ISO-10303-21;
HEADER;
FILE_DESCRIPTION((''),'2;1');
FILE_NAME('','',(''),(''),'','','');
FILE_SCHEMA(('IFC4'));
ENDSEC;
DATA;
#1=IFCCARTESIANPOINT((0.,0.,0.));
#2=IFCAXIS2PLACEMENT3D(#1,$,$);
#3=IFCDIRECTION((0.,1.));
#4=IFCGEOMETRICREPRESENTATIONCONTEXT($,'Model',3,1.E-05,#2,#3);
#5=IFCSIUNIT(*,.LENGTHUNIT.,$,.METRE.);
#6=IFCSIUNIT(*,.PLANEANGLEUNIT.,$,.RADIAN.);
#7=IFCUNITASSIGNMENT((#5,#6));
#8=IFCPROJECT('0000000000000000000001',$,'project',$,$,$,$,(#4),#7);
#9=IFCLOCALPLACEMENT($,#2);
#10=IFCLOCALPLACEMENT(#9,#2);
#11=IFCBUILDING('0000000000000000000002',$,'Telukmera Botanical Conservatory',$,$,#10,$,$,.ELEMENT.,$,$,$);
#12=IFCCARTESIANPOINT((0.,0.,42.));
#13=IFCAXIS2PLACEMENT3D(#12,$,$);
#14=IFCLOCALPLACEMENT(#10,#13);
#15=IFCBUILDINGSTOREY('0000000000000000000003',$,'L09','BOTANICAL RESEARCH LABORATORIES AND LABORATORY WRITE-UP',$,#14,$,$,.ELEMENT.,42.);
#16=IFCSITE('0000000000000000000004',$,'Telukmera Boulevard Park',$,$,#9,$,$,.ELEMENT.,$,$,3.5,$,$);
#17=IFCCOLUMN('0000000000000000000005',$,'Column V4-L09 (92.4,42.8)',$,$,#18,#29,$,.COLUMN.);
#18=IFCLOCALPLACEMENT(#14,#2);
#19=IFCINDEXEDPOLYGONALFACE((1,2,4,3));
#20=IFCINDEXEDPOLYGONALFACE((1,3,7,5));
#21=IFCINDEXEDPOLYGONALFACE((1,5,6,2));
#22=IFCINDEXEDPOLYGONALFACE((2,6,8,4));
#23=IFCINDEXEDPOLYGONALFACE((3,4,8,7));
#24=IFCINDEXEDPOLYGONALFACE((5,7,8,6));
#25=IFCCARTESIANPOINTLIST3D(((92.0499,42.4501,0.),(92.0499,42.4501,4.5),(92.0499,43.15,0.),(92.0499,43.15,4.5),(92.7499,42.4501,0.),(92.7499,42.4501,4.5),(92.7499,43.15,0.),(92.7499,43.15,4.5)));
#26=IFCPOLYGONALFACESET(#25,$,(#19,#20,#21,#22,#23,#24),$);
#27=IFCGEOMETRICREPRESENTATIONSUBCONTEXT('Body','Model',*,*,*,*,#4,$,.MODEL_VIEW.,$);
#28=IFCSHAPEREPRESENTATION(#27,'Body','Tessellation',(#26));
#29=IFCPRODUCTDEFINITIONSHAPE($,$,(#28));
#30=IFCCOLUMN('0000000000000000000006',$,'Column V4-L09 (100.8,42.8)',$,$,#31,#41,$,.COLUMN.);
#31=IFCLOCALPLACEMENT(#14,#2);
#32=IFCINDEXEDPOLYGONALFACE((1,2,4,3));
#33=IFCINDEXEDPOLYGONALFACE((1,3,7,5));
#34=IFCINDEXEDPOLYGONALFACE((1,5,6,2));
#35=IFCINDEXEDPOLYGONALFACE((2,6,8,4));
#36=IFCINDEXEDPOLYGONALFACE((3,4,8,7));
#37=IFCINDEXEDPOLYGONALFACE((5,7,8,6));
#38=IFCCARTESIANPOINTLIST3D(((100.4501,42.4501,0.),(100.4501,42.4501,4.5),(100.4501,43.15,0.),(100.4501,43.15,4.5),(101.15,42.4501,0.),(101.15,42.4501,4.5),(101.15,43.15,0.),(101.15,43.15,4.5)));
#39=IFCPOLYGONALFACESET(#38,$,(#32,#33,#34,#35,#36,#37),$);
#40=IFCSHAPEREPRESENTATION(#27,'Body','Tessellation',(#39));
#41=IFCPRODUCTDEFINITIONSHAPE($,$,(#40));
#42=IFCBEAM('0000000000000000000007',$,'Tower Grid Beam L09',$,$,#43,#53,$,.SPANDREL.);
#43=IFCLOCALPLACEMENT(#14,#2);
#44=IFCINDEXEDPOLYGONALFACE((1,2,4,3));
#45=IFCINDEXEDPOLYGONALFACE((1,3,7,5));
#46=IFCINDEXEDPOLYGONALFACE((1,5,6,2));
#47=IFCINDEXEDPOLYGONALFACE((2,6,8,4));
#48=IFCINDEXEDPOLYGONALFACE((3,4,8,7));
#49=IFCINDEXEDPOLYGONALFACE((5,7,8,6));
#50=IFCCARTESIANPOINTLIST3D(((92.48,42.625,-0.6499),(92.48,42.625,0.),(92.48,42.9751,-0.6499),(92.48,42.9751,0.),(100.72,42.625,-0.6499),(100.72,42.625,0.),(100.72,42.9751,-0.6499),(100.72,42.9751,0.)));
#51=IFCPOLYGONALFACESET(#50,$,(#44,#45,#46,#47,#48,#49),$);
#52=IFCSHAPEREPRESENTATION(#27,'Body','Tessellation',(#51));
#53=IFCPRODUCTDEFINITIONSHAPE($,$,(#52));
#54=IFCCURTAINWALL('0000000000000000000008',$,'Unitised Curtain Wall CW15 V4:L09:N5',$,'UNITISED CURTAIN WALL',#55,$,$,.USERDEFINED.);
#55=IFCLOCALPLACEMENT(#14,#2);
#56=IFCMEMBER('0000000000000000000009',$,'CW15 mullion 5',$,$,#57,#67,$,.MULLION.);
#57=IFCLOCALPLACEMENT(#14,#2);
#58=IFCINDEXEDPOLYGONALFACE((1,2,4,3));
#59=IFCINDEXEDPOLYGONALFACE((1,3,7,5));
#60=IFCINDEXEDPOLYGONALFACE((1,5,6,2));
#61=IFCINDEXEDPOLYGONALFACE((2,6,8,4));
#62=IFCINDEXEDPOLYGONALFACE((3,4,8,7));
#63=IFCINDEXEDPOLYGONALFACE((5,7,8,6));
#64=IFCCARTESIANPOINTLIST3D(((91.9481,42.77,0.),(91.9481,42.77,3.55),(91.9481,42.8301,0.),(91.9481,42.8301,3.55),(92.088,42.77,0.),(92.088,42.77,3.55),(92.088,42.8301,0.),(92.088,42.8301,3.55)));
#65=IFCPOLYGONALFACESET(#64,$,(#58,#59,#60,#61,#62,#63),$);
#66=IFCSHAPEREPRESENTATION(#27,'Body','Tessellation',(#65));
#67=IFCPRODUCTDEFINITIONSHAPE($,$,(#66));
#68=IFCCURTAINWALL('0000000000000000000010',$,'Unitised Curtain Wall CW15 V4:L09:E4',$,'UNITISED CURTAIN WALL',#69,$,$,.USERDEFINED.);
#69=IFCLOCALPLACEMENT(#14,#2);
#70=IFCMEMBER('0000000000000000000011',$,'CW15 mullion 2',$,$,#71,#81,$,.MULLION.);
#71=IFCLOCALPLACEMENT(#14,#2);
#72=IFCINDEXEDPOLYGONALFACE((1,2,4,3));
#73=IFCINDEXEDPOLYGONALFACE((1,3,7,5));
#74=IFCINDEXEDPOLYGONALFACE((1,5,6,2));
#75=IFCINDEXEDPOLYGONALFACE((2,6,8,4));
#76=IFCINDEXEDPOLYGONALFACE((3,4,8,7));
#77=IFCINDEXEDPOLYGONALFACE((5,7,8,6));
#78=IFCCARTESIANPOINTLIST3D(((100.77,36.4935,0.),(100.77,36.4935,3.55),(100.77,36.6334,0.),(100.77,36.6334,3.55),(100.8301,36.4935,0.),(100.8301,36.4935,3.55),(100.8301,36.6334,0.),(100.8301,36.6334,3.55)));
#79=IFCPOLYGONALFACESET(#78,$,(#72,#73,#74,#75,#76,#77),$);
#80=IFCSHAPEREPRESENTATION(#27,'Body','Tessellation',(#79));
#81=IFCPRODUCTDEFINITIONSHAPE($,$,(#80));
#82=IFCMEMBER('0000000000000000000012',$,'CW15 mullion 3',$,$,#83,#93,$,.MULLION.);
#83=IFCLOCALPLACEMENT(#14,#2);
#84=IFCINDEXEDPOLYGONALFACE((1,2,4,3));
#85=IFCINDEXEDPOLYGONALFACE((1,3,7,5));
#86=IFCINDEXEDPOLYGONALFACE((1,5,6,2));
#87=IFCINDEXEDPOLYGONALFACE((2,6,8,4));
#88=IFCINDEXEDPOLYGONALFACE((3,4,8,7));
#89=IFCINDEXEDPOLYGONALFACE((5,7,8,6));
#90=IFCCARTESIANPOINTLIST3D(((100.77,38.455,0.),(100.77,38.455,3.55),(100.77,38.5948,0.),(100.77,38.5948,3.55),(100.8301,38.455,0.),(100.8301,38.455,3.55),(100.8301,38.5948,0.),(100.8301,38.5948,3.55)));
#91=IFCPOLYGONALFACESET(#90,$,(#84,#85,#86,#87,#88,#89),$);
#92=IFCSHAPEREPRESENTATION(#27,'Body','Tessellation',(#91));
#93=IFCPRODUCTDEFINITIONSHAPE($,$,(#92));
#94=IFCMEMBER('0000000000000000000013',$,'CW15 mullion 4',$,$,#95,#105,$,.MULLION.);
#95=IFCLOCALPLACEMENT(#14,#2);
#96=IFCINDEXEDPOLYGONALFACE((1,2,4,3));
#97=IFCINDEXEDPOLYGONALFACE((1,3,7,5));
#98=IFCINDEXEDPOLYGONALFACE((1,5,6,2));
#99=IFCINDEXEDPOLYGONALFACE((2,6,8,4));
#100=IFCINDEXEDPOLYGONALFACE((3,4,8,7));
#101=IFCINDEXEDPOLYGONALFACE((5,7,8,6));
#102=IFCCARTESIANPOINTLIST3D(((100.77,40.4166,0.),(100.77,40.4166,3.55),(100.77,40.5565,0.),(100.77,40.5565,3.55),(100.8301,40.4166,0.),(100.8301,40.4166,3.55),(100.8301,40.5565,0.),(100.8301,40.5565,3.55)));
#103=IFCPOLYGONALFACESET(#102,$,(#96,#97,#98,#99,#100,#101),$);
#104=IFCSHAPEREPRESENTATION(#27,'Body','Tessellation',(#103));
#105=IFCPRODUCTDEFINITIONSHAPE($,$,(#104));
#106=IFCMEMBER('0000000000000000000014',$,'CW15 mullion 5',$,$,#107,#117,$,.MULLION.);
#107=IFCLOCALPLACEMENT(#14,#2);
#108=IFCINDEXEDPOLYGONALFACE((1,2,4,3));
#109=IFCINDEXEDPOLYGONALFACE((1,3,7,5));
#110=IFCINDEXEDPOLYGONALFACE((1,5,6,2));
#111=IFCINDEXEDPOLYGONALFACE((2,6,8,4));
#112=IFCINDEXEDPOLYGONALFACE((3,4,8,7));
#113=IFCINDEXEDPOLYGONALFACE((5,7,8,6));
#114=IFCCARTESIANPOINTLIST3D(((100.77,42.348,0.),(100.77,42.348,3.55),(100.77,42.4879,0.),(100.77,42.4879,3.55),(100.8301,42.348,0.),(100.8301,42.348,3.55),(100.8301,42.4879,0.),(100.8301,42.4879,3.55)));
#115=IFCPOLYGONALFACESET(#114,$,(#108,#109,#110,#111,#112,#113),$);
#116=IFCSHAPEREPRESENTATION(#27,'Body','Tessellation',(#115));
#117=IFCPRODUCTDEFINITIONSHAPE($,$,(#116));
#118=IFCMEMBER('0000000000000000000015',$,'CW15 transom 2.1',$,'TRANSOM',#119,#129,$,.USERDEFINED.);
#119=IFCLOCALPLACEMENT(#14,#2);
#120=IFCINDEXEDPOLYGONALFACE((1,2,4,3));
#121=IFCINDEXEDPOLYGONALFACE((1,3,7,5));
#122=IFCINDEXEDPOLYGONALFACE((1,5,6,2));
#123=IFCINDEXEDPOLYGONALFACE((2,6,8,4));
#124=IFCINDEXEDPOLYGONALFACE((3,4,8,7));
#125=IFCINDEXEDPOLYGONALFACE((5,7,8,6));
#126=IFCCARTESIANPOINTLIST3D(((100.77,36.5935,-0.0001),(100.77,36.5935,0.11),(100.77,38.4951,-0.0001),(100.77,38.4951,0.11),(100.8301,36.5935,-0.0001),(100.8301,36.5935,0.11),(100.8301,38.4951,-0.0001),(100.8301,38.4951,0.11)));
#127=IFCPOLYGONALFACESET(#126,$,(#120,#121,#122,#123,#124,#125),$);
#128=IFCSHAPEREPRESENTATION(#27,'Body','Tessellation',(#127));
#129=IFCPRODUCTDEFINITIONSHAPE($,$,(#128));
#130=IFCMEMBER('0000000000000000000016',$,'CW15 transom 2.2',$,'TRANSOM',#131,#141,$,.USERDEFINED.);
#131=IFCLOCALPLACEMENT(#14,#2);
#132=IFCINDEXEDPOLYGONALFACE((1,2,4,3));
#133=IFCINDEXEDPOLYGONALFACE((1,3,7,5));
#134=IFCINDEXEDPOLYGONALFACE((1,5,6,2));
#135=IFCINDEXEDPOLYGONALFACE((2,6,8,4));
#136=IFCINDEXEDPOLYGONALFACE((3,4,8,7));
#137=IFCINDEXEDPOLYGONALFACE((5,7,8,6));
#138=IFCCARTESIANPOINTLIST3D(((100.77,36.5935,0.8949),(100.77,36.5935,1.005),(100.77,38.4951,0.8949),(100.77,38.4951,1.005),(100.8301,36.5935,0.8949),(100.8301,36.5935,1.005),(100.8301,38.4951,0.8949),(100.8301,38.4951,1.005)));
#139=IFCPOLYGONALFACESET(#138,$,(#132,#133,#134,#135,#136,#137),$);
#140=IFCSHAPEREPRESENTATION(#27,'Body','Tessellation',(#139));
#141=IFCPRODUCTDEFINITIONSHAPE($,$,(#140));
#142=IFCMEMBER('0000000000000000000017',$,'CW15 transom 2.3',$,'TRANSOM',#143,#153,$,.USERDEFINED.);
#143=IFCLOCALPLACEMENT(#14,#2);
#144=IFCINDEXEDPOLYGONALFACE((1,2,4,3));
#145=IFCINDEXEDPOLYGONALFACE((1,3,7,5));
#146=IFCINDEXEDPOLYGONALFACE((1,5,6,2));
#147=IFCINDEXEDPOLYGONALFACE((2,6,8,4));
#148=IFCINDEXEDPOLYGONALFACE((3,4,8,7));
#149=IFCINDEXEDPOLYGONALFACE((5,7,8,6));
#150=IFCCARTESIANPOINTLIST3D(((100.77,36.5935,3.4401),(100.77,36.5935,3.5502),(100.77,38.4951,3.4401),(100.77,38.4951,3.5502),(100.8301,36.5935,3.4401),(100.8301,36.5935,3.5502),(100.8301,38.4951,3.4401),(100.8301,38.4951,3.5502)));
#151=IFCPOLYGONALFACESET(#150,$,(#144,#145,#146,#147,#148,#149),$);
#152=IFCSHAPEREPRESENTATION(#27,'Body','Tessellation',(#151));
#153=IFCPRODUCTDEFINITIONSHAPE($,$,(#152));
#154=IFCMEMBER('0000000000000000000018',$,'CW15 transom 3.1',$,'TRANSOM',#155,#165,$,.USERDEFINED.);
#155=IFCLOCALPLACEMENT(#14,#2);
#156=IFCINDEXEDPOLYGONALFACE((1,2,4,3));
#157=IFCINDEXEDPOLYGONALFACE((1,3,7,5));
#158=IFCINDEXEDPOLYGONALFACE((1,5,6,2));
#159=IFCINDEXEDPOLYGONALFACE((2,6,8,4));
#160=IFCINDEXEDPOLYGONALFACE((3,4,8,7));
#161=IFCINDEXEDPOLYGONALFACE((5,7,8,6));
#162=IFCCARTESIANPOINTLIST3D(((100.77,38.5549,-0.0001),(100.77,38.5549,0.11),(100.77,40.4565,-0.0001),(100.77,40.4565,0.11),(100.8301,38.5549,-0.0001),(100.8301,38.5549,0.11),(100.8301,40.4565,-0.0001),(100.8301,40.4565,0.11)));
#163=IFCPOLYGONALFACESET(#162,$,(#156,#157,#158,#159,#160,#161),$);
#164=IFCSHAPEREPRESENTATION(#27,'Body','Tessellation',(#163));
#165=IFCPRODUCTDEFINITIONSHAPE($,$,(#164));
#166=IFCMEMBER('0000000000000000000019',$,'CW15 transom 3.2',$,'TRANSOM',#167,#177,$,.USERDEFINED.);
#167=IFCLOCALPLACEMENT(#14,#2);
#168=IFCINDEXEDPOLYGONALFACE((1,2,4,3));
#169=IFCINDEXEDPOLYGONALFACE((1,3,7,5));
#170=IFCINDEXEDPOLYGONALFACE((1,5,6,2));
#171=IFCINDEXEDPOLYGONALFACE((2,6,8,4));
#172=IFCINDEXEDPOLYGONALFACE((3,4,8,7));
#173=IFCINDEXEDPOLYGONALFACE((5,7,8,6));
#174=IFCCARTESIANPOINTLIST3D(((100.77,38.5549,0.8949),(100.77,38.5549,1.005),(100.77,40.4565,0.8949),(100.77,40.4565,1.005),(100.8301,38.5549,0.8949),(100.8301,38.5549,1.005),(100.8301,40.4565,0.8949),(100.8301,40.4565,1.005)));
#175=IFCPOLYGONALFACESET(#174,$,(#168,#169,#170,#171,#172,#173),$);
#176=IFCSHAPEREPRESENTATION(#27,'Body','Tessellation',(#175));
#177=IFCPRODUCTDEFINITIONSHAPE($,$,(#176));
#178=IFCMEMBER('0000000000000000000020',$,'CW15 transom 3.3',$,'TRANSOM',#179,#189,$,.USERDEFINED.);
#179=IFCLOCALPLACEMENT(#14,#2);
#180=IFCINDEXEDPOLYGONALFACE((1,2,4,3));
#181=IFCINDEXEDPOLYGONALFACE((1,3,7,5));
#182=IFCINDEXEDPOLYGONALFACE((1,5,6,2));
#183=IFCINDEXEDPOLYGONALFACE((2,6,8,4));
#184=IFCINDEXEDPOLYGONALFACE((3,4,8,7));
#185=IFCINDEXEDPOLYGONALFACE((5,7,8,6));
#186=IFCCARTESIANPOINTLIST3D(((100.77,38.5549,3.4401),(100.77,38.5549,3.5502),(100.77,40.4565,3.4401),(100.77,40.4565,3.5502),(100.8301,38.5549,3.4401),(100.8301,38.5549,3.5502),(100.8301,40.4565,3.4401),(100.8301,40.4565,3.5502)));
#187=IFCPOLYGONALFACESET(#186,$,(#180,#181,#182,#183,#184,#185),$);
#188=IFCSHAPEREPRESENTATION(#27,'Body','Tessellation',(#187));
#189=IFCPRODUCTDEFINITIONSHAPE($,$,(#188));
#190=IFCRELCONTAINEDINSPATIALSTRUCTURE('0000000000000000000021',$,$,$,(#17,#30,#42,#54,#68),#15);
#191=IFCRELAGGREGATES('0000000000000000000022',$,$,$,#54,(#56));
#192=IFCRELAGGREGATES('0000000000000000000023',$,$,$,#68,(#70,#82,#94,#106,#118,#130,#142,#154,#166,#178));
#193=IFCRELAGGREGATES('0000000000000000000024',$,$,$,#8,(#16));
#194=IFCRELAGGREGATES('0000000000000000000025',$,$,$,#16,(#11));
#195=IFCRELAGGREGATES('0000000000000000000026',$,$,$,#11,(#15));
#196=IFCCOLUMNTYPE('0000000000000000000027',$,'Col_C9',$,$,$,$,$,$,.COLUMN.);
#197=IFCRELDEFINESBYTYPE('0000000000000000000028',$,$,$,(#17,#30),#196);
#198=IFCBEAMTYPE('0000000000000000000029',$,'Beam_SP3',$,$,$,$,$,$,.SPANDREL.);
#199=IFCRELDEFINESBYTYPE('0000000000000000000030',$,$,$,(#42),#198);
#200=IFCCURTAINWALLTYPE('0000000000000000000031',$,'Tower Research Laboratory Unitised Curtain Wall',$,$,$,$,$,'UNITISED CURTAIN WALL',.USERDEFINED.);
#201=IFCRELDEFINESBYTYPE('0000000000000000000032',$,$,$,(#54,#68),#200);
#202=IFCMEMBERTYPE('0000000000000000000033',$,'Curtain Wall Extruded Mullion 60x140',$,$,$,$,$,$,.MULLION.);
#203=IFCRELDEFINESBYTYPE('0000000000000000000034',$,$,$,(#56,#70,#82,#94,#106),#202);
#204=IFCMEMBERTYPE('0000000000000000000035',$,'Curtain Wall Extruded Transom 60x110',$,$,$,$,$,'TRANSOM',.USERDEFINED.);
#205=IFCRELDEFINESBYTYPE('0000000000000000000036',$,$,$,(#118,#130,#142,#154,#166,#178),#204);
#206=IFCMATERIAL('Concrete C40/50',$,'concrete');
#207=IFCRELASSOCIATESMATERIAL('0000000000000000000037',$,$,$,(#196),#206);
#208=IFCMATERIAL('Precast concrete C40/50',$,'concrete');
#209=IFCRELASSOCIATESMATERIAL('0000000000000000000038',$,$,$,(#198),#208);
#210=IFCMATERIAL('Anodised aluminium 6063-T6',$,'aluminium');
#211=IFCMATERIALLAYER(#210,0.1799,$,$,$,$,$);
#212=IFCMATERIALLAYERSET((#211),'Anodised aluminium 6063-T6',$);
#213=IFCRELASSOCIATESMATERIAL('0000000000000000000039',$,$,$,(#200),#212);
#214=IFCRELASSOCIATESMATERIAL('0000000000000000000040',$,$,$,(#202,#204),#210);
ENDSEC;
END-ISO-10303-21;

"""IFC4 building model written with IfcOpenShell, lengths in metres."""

from ifc_helpers import new_model, si_unit, direction, frame, origin, origin_2d, place, context, subcontext, project, spatial, rectangle, extrude, material, layer, layer_set, material_profile, profile_set, type_object, element, aggregate, save


model = new_model("IFC4")

# Units and contexts
model_context = context("Model", 3, precision=1e-05, world=origin(), true_north=direction((0.0, 1.0)))
body_context = subcontext(model_context, "Body", "Model", "MODEL_VIEW")
ifc_project = project(units=[si_unit("LENGTHUNIT", "METRE"), si_unit("PLANEANGLEUNIT", "RADIAN")], contexts=[model_context])

# Site, building, storey
site_placement = place(None, origin())
site = spatial("IfcSite", under=ifc_project, at=site_placement, Name="Telukmera Boulevard Park", CompositionType="ELEMENT", RefElevation=3.5)
building_placement = place(site_placement, origin())
building = spatial("IfcBuilding", under=site, at=building_placement, Name="Telukmera Botanical Conservatory", CompositionType="ELEMENT")
storey_placement = place(building_placement, frame((0.0, 0.0, 42.0)))
storey = spatial("IfcBuildingStorey", under=building, at=storey_placement, Name="L09", Description="BOTANICAL RESEARCH LABORATORIES AND LABORATORY WRITE-UP", CompositionType="ELEMENT", Elevation=42.0)

# Columns
ifc_material_1 = material(Name="Concrete C40/50", Category="concrete")
ifc_material_profile_1 = material_profile(ifc_material_1, rectangle(XDim=0.7, YDim=0.7, at=origin_2d()), Name="RC 700x700")
ifc_profile_set_1 = profile_set([ifc_material_profile_1], Name="Concrete C40/50")
column_type = type_object("IfcColumnType", Name="Col_C9", PredefinedType="COLUMN", material=ifc_profile_set_1)
for number, where, z_axis, x_axis, name in (
    (1, (92.3999, 42.8, 0.0), (0.0, 0.0, 1.0), (1.0, 0.0, 0.0), "Column V4-L09 (92.4,42.8)"),
    (2, (100.8, 42.8, 0.0), (0.0, 0.0, 1.0), (1.0, 0.0, 0.0), "Column V4-L09 (100.8,42.8)"),
):
    element("IfcColumn", number, at=place(storey_placement, frame(where, z_axis=z_axis, x_axis=x_axis)), inside=storey, type_object=column_type, Name=name, PredefinedType="COLUMN", context=body_context, shape_type="SweptSolid", body=[
        extrude(rectangle(XDim=0.7, YDim=0.7, at=origin_2d()), origin(), (0.0, 0.0, 1.0), 4.5),
    ])

# Beam
ifc_material_2 = material(Name="Precast concrete C40/50", Category="concrete")
ifc_material_profile_2 = material_profile(ifc_material_2, rectangle(XDim=0.3501, YDim=0.6499, at=origin_2d()), Name="PC 350x650")
ifc_profile_set_2 = profile_set([ifc_material_profile_2], Name="Precast concrete C40/50")
beam_type = type_object("IfcBeamType", Name="Beam_SP3", PredefinedType="SPANDREL", material=ifc_profile_set_2)
beam_placement = place(storey_placement, frame((92.48, 42.8, -0.325), z_axis=(1.0, 0.0, 0.0), x_axis=(0.0, 1.0, 0.0)))
element("IfcBeam", 3, at=beam_placement, inside=storey, type_object=beam_type, Name="Tower Grid Beam L09", PredefinedType="SPANDREL", context=body_context, shape_type="SweptSolid", body=[
    extrude(rectangle(XDim=0.3501, YDim=0.6499, at=origin_2d()), origin(), (0.0, 0.0, 1.0), 8.24),
])

# Curtain wall, member
ifc_material_3 = material(Name="Anodised aluminium 6063-T6", Category="aluminium")
ifc_layer_1 = layer(ifc_material_3, 0.1799)
ifc_layer_set_1 = layer_set([ifc_layer_1], Name="Anodised aluminium 6063-T6")
curtain_wall_type = type_object("IfcCurtainWallType", Name="Tower Research Laboratory Unitised Curtain Wall", ElementType="UNITISED CURTAIN WALL", PredefinedType="USERDEFINED", material=ifc_layer_set_1)
curtain_wall_1_placement = place(storey_placement, origin())
curtain_wall_1 = element("IfcCurtainWall", 4, at=curtain_wall_1_placement, inside=storey, type_object=curtain_wall_type, Name="Unitised Curtain Wall CW15 V4:L09:N5", ObjectType="UNITISED CURTAIN WALL", PredefinedType="USERDEFINED")
ifc_material_profile_3 = material_profile(ifc_material_3, rectangle(XDim=0.0601, YDim=0.1399, at=origin_2d()), Name="ALU MULL 60x140")
ifc_profile_set_3 = profile_set([ifc_material_profile_3], Name="Anodised aluminium 6063-T6")
member_type_1 = type_object("IfcMemberType", Name="Curtain Wall Extruded Mullion 60x140", PredefinedType="MULLION", material=ifc_profile_set_3)
member_1_placement = place(storey_placement, frame((92.0181, 42.8, 0.0), z_axis=(0.0, 0.0, 1.0), x_axis=(0.0, 1.0, 0.0)))
member_1 = element("IfcMember", 5, at=member_1_placement, type_object=member_type_1, Name="CW15 mullion 5", PredefinedType="MULLION", context=body_context, shape_type="SweptSolid", body=[
    extrude(rectangle(XDim=0.0601, YDim=0.1399, at=origin_2d()), origin(), (0.0, 0.0, 1.0), 3.55),
])
aggregate(curtain_wall_1, [member_1])

# Curtain wall, members
curtain_wall_2_placement = place(storey_placement, origin())
curtain_wall_2 = element("IfcCurtainWall", 6, at=curtain_wall_2_placement, inside=storey, type_object=curtain_wall_type, Name="Unitised Curtain Wall CW15 V4:L09:E4", ObjectType="UNITISED CURTAIN WALL", PredefinedType="USERDEFINED")
member_2_placement = place(storey_placement, frame((100.8, 36.5635, 0.0), z_axis=(0.0, 0.0, 1.0), x_axis=(-1.0, 0.0, 0.0)))
member_2 = element("IfcMember", 7, at=member_2_placement, type_object=member_type_1, Name="CW15 mullion 2", PredefinedType="MULLION", context=body_context, shape_type="SweptSolid", body=[
    extrude(rectangle(XDim=0.0601, YDim=0.1399, at=origin_2d()), origin(), (0.0, 0.0, 1.0), 3.55),
])
member_3_placement = place(storey_placement, frame((100.8, 38.5249, 0.0), z_axis=(0.0, 0.0, 1.0), x_axis=(-1.0, 0.0, 0.0)))
member_3 = element("IfcMember", 8, at=member_3_placement, type_object=member_type_1, Name="CW15 mullion 3", PredefinedType="MULLION", context=body_context, shape_type="SweptSolid", body=[
    extrude(rectangle(XDim=0.0601, YDim=0.1399, at=origin_2d()), origin(), (0.0, 0.0, 1.0), 3.55),
])
member_4_placement = place(storey_placement, frame((100.8, 40.4866, 0.0), z_axis=(0.0, 0.0, 1.0), x_axis=(-1.0, 0.0, 0.0)))
member_4 = element("IfcMember", 9, at=member_4_placement, type_object=member_type_1, Name="CW15 mullion 4", PredefinedType="MULLION", context=body_context, shape_type="SweptSolid", body=[
    extrude(rectangle(XDim=0.0601, YDim=0.1399, at=origin_2d()), origin(), (0.0, 0.0, 1.0), 3.55),
])
member_5_placement = place(storey_placement, frame((100.8, 42.418, 0.0), z_axis=(0.0, 0.0, 1.0), x_axis=(-1.0, 0.0, 0.0)))
member_5 = element("IfcMember", 10, at=member_5_placement, type_object=member_type_1, Name="CW15 mullion 5", PredefinedType="MULLION", context=body_context, shape_type="SweptSolid", body=[
    extrude(rectangle(XDim=0.0601, YDim=0.1399, at=origin_2d()), origin(), (0.0, 0.0, 1.0), 3.55),
])
ifc_material_profile_4 = material_profile(ifc_material_3, rectangle(XDim=0.0601, YDim=0.1101, at=origin_2d()), Name="ALU TRAN 60x110")
ifc_profile_set_4 = profile_set([ifc_material_profile_4], Name="Anodised aluminium 6063-T6")
member_type_2 = type_object("IfcMemberType", Name="Curtain Wall Extruded Transom 60x110", ElementType="TRANSOM", PredefinedType="USERDEFINED", material=ifc_profile_set_4)
member_6_placement = place(storey_placement, frame((100.8, 36.5935, 0.0549), z_axis=(0.0, 1.0, 0.0), x_axis=(-1.0, 0.0, 0.0)))
member_6 = element("IfcMember", 11, at=member_6_placement, type_object=member_type_2, Name="CW15 transom 2.1", ObjectType="TRANSOM", PredefinedType="USERDEFINED", context=body_context, shape_type="SweptSolid", body=[
    extrude(rectangle(XDim=0.0601, YDim=0.1101, at=origin_2d()), origin(), (0.0, 0.0, 1.0), 1.9016),
])
member_7_placement = place(storey_placement, frame((100.8, 36.5935, 0.95), z_axis=(0.0, 1.0, 0.0), x_axis=(-1.0, 0.0, 0.0)))
member_7 = element("IfcMember", 12, at=member_7_placement, type_object=member_type_2, Name="CW15 transom 2.2", ObjectType="TRANSOM", PredefinedType="USERDEFINED", context=body_context, shape_type="SweptSolid", body=[
    extrude(rectangle(XDim=0.0601, YDim=0.1101, at=origin_2d()), origin(), (0.0, 0.0, 1.0), 1.9016),
])
member_8_placement = place(storey_placement, frame((100.8, 36.5935, 3.4951), z_axis=(0.0, 1.0, 0.0), x_axis=(-1.0, 0.0, 0.0)))
member_8 = element("IfcMember", 13, at=member_8_placement, type_object=member_type_2, Name="CW15 transom 2.3", ObjectType="TRANSOM", PredefinedType="USERDEFINED", context=body_context, shape_type="SweptSolid", body=[
    extrude(rectangle(XDim=0.0601, YDim=0.1101, at=origin_2d()), origin(), (0.0, 0.0, 1.0), 1.9016),
])
member_9_placement = place(storey_placement, frame((100.8, 38.5549, 0.0549), z_axis=(0.0, 1.0, 0.0), x_axis=(-1.0, 0.0, 0.0)))
member_9 = element("IfcMember", 14, at=member_9_placement, type_object=member_type_2, Name="CW15 transom 3.1", ObjectType="TRANSOM", PredefinedType="USERDEFINED", context=body_context, shape_type="SweptSolid", body=[
    extrude(rectangle(XDim=0.0601, YDim=0.1101, at=origin_2d()), origin(), (0.0, 0.0, 1.0), 1.9016),
])
member_10_placement = place(storey_placement, frame((100.8, 38.5549, 0.95), z_axis=(0.0, 1.0, 0.0), x_axis=(-1.0, 0.0, 0.0)))
member_10 = element("IfcMember", 15, at=member_10_placement, type_object=member_type_2, Name="CW15 transom 3.2", ObjectType="TRANSOM", PredefinedType="USERDEFINED", context=body_context, shape_type="SweptSolid", body=[
    extrude(rectangle(XDim=0.0601, YDim=0.1101, at=origin_2d()), origin(), (0.0, 0.0, 1.0), 1.9016),
])
member_11_placement = place(storey_placement, frame((100.8, 38.5549, 3.4951), z_axis=(0.0, 1.0, 0.0), x_axis=(-1.0, 0.0, 0.0)))
member_11 = element("IfcMember", 16, at=member_11_placement, type_object=member_type_2, Name="CW15 transom 3.3", ObjectType="TRANSOM", PredefinedType="USERDEFINED", context=body_context, shape_type="SweptSolid", body=[
    extrude(rectangle(XDim=0.0601, YDim=0.1101, at=origin_2d()), origin(), (0.0, 0.0, 1.0), 1.9016),
])
aggregate(curtain_wall_2, [member_2, member_3, member_4, member_5, member_6, member_7, member_8, member_9, member_10, member_11])

save(model, "model.ifc")
